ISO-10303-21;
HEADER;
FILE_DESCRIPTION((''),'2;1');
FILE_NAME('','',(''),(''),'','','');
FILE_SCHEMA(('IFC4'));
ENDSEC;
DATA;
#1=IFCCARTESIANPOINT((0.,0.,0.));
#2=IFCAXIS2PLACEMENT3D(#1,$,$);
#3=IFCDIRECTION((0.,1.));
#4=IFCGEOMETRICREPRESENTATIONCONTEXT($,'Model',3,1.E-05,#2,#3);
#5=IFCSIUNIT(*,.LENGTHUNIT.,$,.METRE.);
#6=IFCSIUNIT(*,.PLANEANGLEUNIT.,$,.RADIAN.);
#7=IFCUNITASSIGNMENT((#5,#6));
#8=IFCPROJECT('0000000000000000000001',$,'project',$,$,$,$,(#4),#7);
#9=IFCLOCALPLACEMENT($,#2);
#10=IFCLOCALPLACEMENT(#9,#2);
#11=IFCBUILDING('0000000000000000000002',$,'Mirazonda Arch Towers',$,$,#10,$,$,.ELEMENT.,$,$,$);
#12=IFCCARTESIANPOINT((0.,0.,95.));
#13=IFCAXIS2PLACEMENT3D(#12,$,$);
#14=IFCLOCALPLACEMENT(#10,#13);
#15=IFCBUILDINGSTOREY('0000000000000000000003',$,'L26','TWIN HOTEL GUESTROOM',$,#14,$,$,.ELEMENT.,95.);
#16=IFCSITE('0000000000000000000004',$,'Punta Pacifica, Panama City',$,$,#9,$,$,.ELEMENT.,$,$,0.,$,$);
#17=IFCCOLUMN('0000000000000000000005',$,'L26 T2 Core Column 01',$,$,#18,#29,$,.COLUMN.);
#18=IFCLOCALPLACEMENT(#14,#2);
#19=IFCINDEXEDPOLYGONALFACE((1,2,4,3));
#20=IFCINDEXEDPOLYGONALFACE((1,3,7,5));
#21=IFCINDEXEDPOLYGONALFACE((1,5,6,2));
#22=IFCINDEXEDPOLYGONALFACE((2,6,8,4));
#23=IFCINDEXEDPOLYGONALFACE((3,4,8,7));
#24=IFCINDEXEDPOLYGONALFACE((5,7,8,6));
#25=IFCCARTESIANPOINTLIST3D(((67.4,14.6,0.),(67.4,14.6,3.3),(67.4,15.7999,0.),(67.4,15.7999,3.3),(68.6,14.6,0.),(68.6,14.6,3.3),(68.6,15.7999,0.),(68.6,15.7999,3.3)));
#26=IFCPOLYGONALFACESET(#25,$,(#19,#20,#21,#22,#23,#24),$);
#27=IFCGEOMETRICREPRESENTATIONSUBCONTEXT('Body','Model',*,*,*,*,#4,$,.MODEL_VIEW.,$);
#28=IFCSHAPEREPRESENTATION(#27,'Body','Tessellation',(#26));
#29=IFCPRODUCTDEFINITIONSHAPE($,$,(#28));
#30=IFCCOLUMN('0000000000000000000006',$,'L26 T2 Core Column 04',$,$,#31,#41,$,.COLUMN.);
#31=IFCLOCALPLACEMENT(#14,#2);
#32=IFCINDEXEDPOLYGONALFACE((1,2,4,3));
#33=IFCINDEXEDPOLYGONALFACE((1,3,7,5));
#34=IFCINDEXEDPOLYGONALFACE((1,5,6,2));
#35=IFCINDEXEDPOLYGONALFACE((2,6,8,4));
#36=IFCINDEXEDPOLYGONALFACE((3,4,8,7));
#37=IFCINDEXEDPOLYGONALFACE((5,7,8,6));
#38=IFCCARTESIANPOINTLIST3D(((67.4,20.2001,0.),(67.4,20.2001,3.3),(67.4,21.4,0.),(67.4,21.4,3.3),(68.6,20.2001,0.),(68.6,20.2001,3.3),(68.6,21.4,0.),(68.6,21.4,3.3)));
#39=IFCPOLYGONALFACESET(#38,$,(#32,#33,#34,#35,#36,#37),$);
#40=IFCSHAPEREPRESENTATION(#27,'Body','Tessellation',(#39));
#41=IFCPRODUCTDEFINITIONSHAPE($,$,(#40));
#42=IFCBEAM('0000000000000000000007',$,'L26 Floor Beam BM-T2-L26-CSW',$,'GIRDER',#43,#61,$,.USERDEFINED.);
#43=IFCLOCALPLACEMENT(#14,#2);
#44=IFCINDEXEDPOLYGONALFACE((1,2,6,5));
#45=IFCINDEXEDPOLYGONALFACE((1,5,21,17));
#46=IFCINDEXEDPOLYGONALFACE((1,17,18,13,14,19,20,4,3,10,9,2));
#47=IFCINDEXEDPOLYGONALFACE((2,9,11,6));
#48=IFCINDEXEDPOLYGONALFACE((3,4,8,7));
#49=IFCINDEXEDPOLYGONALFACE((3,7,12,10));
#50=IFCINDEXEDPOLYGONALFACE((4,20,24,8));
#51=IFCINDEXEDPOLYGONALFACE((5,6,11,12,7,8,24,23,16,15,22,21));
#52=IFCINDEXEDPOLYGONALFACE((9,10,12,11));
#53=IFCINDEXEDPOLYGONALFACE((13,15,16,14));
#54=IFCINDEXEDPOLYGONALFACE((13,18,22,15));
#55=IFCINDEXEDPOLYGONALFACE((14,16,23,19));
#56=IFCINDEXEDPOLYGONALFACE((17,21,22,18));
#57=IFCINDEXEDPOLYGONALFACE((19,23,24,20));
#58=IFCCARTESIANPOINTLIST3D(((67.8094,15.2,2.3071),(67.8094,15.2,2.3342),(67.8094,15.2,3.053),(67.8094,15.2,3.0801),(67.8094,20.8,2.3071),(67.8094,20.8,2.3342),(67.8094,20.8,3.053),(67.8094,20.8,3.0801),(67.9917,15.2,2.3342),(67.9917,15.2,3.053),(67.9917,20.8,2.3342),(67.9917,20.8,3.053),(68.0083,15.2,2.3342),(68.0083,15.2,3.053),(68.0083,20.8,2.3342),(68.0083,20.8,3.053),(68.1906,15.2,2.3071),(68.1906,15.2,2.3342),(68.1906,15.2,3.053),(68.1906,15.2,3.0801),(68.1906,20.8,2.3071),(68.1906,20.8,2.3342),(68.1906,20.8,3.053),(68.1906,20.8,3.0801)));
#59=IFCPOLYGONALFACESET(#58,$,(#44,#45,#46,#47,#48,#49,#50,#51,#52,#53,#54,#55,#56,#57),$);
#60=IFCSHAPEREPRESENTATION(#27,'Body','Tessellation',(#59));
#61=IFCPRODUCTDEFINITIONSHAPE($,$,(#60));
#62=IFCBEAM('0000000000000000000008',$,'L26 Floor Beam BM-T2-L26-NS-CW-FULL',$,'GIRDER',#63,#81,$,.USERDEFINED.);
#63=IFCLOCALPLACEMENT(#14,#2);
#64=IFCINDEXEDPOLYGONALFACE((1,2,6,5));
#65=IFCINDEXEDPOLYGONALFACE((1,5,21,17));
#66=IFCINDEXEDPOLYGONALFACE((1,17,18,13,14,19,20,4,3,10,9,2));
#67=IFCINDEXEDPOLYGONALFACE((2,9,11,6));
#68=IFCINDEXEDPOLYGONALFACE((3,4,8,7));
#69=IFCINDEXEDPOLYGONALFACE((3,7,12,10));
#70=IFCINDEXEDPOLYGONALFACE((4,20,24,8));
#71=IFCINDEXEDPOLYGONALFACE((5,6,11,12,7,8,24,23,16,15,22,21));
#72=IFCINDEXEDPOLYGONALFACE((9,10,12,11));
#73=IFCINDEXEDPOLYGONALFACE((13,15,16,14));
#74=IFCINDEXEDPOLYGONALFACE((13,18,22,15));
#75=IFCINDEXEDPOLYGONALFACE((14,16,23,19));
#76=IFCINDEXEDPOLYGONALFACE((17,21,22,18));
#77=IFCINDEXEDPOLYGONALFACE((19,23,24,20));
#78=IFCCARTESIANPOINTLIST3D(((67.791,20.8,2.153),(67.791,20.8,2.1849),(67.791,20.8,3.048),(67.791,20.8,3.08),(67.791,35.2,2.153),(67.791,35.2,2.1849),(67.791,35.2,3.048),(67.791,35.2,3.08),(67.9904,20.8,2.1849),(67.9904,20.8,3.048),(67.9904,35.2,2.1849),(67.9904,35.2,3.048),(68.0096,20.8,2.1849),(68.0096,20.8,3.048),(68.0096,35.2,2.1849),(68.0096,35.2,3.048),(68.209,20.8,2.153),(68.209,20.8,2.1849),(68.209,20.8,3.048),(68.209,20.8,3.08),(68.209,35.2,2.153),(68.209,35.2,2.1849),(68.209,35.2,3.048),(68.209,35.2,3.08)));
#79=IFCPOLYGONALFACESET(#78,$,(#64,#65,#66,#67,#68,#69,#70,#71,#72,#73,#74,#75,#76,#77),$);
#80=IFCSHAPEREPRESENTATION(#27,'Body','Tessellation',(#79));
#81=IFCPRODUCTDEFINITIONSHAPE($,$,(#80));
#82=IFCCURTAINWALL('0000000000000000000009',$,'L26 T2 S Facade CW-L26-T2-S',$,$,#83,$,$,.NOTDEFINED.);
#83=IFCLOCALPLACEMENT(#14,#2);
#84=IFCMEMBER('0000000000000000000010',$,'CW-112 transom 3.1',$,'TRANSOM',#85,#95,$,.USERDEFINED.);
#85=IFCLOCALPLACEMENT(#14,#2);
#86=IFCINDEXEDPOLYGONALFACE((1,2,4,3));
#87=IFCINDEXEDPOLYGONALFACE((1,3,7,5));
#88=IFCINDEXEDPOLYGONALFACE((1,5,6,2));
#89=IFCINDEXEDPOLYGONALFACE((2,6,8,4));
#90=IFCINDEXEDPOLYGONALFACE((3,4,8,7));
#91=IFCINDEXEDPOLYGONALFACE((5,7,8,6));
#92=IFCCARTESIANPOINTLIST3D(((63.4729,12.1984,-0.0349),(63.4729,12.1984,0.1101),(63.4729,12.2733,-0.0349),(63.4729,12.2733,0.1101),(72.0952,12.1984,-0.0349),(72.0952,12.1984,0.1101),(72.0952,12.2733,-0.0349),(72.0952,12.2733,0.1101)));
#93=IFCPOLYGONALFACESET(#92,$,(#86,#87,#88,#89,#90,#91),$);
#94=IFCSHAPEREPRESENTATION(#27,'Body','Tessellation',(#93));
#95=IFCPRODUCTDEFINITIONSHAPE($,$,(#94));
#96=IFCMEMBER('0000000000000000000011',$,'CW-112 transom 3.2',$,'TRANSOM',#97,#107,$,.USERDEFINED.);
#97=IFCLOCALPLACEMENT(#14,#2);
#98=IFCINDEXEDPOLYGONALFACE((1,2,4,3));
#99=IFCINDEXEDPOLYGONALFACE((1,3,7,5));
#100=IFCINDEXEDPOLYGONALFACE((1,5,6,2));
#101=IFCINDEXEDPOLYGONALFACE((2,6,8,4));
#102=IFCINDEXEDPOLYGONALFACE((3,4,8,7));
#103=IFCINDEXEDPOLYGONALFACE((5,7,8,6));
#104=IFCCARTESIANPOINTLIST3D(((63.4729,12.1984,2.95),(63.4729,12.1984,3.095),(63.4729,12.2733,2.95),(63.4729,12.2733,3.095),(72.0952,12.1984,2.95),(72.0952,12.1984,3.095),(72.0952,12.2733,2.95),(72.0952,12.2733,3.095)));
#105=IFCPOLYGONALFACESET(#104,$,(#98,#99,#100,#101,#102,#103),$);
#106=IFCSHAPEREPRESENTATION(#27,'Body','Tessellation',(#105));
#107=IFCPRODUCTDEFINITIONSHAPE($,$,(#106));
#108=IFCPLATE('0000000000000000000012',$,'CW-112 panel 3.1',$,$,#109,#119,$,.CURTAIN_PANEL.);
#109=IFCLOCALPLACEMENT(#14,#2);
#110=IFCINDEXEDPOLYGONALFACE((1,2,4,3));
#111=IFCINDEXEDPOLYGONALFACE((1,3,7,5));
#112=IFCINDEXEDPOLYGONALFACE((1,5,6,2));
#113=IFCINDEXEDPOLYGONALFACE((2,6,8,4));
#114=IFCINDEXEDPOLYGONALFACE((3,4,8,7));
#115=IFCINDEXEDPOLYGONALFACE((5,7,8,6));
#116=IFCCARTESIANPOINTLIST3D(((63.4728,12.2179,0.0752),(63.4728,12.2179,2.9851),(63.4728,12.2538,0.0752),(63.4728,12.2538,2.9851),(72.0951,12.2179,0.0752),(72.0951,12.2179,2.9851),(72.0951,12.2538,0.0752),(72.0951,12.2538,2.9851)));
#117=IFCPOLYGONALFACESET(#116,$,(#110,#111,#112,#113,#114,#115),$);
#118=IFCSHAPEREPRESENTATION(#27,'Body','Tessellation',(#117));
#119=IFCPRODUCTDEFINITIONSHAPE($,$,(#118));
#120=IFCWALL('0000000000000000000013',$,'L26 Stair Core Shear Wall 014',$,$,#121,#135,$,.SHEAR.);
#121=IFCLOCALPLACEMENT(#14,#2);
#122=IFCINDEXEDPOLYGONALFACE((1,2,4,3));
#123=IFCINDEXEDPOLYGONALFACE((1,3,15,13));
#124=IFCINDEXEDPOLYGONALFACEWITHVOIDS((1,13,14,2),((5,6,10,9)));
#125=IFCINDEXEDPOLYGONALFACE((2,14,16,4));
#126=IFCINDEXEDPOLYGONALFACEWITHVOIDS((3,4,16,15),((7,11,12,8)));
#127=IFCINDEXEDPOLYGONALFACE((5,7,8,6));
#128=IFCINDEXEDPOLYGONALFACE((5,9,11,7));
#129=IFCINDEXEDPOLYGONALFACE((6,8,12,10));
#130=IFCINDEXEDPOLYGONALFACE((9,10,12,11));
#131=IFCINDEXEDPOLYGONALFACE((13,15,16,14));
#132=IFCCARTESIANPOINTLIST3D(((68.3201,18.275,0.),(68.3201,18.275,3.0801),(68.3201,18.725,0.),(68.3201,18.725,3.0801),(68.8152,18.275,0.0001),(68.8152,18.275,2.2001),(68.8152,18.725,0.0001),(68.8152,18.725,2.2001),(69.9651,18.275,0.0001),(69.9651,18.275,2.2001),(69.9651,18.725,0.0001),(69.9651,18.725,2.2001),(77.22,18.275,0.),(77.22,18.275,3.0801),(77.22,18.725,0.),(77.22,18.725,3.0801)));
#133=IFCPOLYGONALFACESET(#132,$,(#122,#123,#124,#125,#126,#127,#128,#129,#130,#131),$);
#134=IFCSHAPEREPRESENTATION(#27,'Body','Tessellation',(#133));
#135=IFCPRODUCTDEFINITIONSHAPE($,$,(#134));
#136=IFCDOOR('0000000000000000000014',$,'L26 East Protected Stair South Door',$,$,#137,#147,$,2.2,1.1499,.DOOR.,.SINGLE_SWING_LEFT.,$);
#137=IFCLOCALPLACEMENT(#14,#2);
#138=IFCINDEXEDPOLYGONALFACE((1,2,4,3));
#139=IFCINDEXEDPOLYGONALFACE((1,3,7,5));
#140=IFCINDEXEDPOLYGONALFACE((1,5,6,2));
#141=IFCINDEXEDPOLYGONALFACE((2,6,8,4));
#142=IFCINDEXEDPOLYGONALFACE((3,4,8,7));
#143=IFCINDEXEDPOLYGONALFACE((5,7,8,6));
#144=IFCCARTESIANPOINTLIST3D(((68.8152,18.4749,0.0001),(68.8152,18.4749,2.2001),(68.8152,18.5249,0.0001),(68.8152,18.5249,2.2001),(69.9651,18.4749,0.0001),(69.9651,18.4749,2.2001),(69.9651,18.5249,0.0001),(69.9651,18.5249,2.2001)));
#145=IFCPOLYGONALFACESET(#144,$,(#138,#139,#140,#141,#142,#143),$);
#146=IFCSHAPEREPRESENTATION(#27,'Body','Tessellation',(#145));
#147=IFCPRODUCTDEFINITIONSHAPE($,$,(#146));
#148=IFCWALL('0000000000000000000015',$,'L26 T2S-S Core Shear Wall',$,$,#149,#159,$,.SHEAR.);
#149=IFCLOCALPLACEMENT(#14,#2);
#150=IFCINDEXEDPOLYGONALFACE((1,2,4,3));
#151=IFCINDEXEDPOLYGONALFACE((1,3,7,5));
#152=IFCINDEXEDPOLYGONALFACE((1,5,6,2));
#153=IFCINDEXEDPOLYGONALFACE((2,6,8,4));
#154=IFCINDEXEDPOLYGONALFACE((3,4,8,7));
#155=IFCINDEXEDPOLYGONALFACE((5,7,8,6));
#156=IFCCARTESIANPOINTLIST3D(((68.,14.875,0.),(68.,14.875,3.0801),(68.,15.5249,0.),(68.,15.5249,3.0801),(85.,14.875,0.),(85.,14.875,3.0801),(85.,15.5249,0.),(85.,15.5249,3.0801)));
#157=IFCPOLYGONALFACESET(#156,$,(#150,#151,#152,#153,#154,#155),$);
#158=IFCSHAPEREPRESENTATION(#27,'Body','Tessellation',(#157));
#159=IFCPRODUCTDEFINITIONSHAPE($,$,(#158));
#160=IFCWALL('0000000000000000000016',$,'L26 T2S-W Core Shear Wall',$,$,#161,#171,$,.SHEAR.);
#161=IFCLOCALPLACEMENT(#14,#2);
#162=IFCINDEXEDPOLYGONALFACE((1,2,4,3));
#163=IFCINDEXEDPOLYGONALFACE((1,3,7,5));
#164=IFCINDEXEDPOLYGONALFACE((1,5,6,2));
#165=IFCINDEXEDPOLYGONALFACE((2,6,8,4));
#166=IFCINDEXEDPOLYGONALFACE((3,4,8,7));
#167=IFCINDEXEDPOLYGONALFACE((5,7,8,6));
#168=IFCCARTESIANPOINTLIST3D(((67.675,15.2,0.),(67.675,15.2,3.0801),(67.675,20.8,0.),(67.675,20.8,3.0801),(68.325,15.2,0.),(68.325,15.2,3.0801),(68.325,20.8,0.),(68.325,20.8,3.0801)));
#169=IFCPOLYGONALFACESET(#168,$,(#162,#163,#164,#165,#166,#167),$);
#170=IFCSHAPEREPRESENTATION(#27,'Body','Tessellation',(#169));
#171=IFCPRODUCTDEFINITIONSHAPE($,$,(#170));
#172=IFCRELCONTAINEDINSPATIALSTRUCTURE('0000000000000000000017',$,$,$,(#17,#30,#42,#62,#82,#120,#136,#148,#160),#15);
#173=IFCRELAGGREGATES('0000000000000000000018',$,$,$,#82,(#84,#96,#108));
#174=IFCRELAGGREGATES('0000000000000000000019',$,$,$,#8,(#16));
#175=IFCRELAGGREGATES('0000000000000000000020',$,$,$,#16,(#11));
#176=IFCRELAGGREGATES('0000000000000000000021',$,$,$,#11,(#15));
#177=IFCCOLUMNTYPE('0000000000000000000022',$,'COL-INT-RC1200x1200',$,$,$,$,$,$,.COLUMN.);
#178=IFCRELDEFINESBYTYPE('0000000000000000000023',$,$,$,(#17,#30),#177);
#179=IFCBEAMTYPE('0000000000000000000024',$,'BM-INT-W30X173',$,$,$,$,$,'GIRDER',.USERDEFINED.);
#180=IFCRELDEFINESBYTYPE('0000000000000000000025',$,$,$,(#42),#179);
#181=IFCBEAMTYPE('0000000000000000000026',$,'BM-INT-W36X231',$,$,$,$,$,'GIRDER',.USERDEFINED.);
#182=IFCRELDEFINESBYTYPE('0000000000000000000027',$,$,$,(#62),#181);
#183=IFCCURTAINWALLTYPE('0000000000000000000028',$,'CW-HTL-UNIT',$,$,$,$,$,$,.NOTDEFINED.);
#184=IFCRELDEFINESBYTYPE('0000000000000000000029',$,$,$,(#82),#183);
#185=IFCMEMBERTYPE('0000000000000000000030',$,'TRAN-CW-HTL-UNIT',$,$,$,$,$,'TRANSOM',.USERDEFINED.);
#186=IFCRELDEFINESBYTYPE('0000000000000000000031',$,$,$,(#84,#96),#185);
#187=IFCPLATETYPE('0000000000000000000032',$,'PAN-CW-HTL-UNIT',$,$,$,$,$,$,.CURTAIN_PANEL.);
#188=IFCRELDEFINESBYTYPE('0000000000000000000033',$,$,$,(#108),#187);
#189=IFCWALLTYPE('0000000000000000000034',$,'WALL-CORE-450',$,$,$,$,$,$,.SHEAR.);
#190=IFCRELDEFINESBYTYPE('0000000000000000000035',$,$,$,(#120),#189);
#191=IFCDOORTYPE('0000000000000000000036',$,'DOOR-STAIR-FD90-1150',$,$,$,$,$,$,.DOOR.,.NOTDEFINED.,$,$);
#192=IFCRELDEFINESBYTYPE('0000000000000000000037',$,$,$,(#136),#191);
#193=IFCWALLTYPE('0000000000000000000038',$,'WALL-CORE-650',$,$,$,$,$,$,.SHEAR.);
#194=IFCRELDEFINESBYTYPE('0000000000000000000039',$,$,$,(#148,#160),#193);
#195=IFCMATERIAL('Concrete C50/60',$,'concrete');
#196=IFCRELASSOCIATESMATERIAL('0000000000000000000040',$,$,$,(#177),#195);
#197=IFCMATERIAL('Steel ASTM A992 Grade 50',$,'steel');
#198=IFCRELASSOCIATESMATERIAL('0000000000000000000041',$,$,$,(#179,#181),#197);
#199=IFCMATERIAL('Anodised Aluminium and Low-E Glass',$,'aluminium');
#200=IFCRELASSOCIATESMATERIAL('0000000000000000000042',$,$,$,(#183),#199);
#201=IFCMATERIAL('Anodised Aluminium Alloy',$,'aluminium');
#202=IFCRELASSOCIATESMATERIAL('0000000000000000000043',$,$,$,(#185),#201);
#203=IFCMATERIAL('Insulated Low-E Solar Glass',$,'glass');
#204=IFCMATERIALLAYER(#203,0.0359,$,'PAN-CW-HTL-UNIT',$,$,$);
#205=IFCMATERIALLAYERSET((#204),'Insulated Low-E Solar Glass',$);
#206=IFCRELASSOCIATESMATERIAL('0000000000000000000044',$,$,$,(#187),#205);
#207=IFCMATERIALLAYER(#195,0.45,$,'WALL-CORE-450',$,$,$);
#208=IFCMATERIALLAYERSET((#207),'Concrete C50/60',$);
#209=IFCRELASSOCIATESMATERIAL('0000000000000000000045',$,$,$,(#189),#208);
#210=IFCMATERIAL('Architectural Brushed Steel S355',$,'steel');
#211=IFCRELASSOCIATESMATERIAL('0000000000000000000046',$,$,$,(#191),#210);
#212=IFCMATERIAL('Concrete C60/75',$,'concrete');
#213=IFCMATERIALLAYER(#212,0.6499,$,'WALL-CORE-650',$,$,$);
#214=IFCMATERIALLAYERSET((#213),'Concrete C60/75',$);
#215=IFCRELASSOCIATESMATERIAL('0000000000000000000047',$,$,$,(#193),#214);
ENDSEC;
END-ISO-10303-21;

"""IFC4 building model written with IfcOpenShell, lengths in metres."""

from ifc_helpers import new_model, si_unit, direction, frame, frame_2d, origin, origin_2d, place, context, subcontext, project, spatial, rectangle, i_section, extrude, material, layer, layer_set, material_profile, profile_set, type_object, element, fill, aggregate, save


model = new_model("IFC4")

# Units and contexts
model_context = context("Model", 3, precision=1e-05, world=origin(), true_north=direction((0.0, 1.0)))
body_context = subcontext(model_context, "Body", "Model", "MODEL_VIEW")
ifc_project = project(units=[si_unit("LENGTHUNIT", "METRE"), si_unit("PLANEANGLEUNIT", "RADIAN")], contexts=[model_context])

# Site, building, storey
site_placement = place(None, origin())
site = spatial("IfcSite", under=ifc_project, at=site_placement, Name="Punta Pacifica, Panama City", CompositionType="ELEMENT", RefElevation=0.0)
building_placement = place(site_placement, origin())
building = spatial("IfcBuilding", under=site, at=building_placement, Name="Mirazonda Arch Towers", CompositionType="ELEMENT")
storey_placement = place(building_placement, frame((0.0, 0.0, 95.0)))
storey = spatial("IfcBuildingStorey", under=building, at=storey_placement, Name="L26", Description="TWIN HOTEL GUESTROOM", CompositionType="ELEMENT", Elevation=95.0)

# Columns
ifc_material_1 = material(Name="Concrete C50/60", Category="concrete")
ifc_material_profile_1 = material_profile(ifc_material_1, rectangle(XDim=1.2, YDim=1.2, at=origin_2d()), Name="RC1200x1200")
ifc_profile_set_1 = profile_set([ifc_material_profile_1], Name="Concrete C50/60")
column_type = type_object("IfcColumnType", Name="COL-INT-RC1200x1200", PredefinedType="COLUMN", material=ifc_profile_set_1)
for number, where, z_axis, x_axis, name in (
    (1, (68.0, 15.2, 0.0), (0.0, 0.0, 1.0), (1.0, 0.0, 0.0), "L26 T2 Core Column 01"),
    (2, (68.0, 20.8, 0.0), (0.0, 0.0, 1.0), (1.0, 0.0, 0.0), "L26 T2 Core Column 04"),
):
    element("IfcColumn", number, at=place(storey_placement, frame(where, z_axis=z_axis, x_axis=x_axis)), inside=storey, type_object=column_type, Name=name, PredefinedType="COLUMN", context=body_context, shape_type="SweptSolid", body=[
        extrude(rectangle(XDim=1.2, YDim=1.2, at=origin_2d()), origin(), (0.0, 0.0, 1.0), 3.3),
    ])

# Beams
ifc_material_2 = material(Name="Steel ASTM A992 Grade 50", Category="steel")
ifc_material_profile_2 = material_profile(ifc_material_2, i_section(OverallWidth=0.3811, OverallDepth=0.7729, WebThickness=0.0166, FlangeThickness=0.0271, at=origin_2d()), Name="W30X173")
ifc_profile_set_2 = profile_set([ifc_material_profile_2], Name="Steel ASTM A992 Grade 50")
beam_type_1 = type_object("IfcBeamType", Name="BM-INT-W30X173", ElementType="GIRDER", PredefinedType="USERDEFINED", material=ifc_profile_set_2)
beam_1_placement = place(storey_placement, frame((68.0, 15.2, 2.6936), z_axis=(0.0, 1.0, 0.0), x_axis=(-1.0, 0.0, 0.0)))
element("IfcBeam", 3, at=beam_1_placement, inside=storey, type_object=beam_type_1, Name="L26 Floor Beam BM-T2-L26-CSW", ObjectType="GIRDER", PredefinedType="USERDEFINED", context=body_context, shape_type="SweptSolid", body=[
    extrude(i_section(OverallWidth=0.3811, OverallDepth=0.7729, WebThickness=0.0166, FlangeThickness=0.0271, at=origin_2d()), origin(), (0.0, 0.0, 1.0), 5.6001),
])
ifc_material_profile_3 = material_profile(ifc_material_2, i_section(OverallWidth=0.418, OverallDepth=0.927, WebThickness=0.0193, FlangeThickness=0.032, at=origin_2d()), Name="W36X231")
ifc_profile_set_3 = profile_set([ifc_material_profile_3], Name="Steel ASTM A992 Grade 50")
beam_type_2 = type_object("IfcBeamType", Name="BM-INT-W36X231", ElementType="GIRDER", PredefinedType="USERDEFINED", material=ifc_profile_set_3)
beam_2_placement = place(storey_placement, frame((68.0, 20.8, 2.6165), z_axis=(0.0, 1.0, 0.0), x_axis=(-1.0, 0.0, 0.0)))
element("IfcBeam", 4, at=beam_2_placement, inside=storey, type_object=beam_type_2, Name="L26 Floor Beam BM-T2-L26-NS-CW-FULL", ObjectType="GIRDER", PredefinedType="USERDEFINED", context=body_context, shape_type="SweptSolid", body=[
    extrude(i_section(OverallWidth=0.418, OverallDepth=0.927, WebThickness=0.0193, FlangeThickness=0.032, at=origin_2d()), origin(), (0.0, 0.0, 1.0), 14.3999),
])

# Curtain wall, members, plate
ifc_material_3 = material(Name="Anodised Aluminium and Low-E Glass", Category="aluminium")
curtain_wall_type = type_object("IfcCurtainWallType", Name="CW-HTL-UNIT", PredefinedType="NOTDEFINED", material=ifc_material_3)
curtain_wall_placement = place(storey_placement, origin())
curtain_wall = element("IfcCurtainWall", 5, at=curtain_wall_placement, inside=storey, type_object=curtain_wall_type, Name="L26 T2 S Facade CW-L26-T2-S", PredefinedType="NOTDEFINED")
ifc_material_4 = material(Name="Anodised Aluminium Alloy", Category="aluminium")
ifc_material_profile_4 = material_profile(ifc_material_4, rectangle(XDim=0.075, YDim=0.145, at=origin_2d()), Name="ALU-TRAN-75x145")
ifc_profile_set_4 = profile_set([ifc_material_profile_4], Name="Anodised Aluminium Alloy")
member_type = type_object("IfcMemberType", Name="TRAN-CW-HTL-UNIT", ElementType="TRANSOM", PredefinedType="USERDEFINED", material=ifc_profile_set_4)
member_1_placement = place(storey_placement, frame((72.0952, 12.2358, 0.0376), z_axis=(-1.0, 0.0, 0.0), x_axis=(0.0, -1.0, 0.0)))
member_1 = element("IfcMember", 6, at=member_1_placement, type_object=member_type, Name="CW-112 transom 3.1", ObjectType="TRANSOM", PredefinedType="USERDEFINED", context=body_context, shape_type="SweptSolid", body=[
    extrude(rectangle(XDim=0.075, YDim=0.145, at=origin_2d()), origin(), (0.0, 0.0, 1.0), 8.6223),
])
member_2_placement = place(storey_placement, frame((72.0952, 12.2358, 3.0225), z_axis=(-1.0, 0.0, 0.0), x_axis=(0.0, -1.0, 0.0)))
member_2 = element("IfcMember", 7, at=member_2_placement, type_object=member_type, Name="CW-112 transom 3.2", ObjectType="TRANSOM", PredefinedType="USERDEFINED", context=body_context, shape_type="SweptSolid", body=[
    extrude(rectangle(XDim=0.075, YDim=0.145, at=origin_2d()), origin(), (0.0, 0.0, 1.0), 8.6223),
])
ifc_material_5 = material(Name="Insulated Low-E Solar Glass", Category="glass")
ifc_layer_1 = layer(ifc_material_5, 0.0359, Name="PAN-CW-HTL-UNIT")
ifc_layer_set_1 = layer_set([ifc_layer_1], Name="Insulated Low-E Solar Glass")
plate_type = type_object("IfcPlateType", Name="PAN-CW-HTL-UNIT", PredefinedType="CURTAIN_PANEL", material=ifc_layer_set_1)
plate_placement = place(storey_placement, frame((67.7839, 12.2358, 0.0752), z_axis=(0.0, 0.0, 1.0), x_axis=(-1.0, 0.0, 0.0)))
plate = element("IfcPlate", 8, at=plate_placement, type_object=plate_type, Name="CW-112 panel 3.1", PredefinedType="CURTAIN_PANEL", context=body_context, shape_type="SweptSolid", body=[
    extrude(rectangle(XDim=8.6223, YDim=0.0359, at=origin_2d()), origin(), (0.0, 0.0, 1.0), 2.9099),
])
aggregate(curtain_wall, [member_1, member_2, plate])

# Wall, opening, door
ifc_layer_2 = layer(ifc_material_1, 0.45, Name="WALL-CORE-450")
ifc_layer_set_2 = layer_set([ifc_layer_2], Name="Concrete C50/60")
wall_type_1 = type_object("IfcWallType", Name="WALL-CORE-450", PredefinedType="SHEAR", material=ifc_layer_set_2)
wall_1_placement = place(storey_placement, frame((68.3201, 18.5, 0.0), z_axis=(0.0, 0.0, 1.0), x_axis=(1.0, 0.0, 0.0)))
wall_1 = element("IfcWall", 9, at=wall_1_placement, inside=storey, type_object=wall_type_1, Name="L26 Stair Core Shear Wall 014", PredefinedType="SHEAR", context=body_context, shape_type="SweptSolid", body=[
    extrude(rectangle(XDim=8.8999, YDim=0.45, at=frame_2d((4.45, 0.0))), origin(), (0.0, 0.0, 1.0), 3.0801),
])
opening_1_placement = place(wall_1_placement, frame((0.4951, 0.0, 0.0)))
opening_1 = element("IfcOpeningElement", 10, at=opening_1_placement, cuts=wall_1, PredefinedType="OPENING", context=body_context, shape_type="SweptSolid", body=[
    extrude(rectangle(XDim=1.1499, YDim=2.2, at=frame_2d((0.575, 1.1001))), frame((0.0, 0.2349, 0.0), z_axis=(0.0, -1.0, 0.0), x_axis=(1.0, 0.0, 0.0)), (0.0, 0.0, 1.0), 0.47),
])
ifc_material_6 = material(Name="Architectural Brushed Steel S355", Category="steel")
door_type_1 = type_object("IfcDoorType", Name="DOOR-STAIR-FD90-1150", OperationType="NOTDEFINED", PredefinedType="DOOR", material=ifc_material_6)
door_1_placement = place(opening_1_placement, origin())
door_1 = element("IfcDoor", 11, at=door_1_placement, inside=storey, type_object=door_type_1, Name="L26 East Protected Stair South Door", OperationType="SINGLE_SWING_LEFT", OverallHeight=2.2, OverallWidth=1.1499, PredefinedType="DOOR", context=body_context, shape_type="SweptSolid", body=[
    extrude(rectangle(XDim=1.1499, YDim=2.2, at=frame_2d((0.575, 1.1001))), frame((0.0, 0.0249, 0.0), z_axis=(0.0, -1.0, 0.0), x_axis=(1.0, 0.0, 0.0)), (0.0, 0.0, 1.0), 0.05),
])
fill(opening_1, door_1)

# Walls
ifc_material_7 = material(Name="Concrete C60/75", Category="concrete")
ifc_layer_3 = layer(ifc_material_7, 0.6499, Name="WALL-CORE-650")
ifc_layer_set_3 = layer_set([ifc_layer_3], Name="Concrete C60/75")
wall_type_2 = type_object("IfcWallType", Name="WALL-CORE-650", PredefinedType="SHEAR", material=ifc_layer_set_3)
wall_2_placement = place(storey_placement, frame((68.0, 15.2, 0.0), z_axis=(0.0, 0.0, 1.0), x_axis=(1.0, 0.0, 0.0)))
element("IfcWall", 12, at=wall_2_placement, inside=storey, type_object=wall_type_2, Name="L26 T2S-S Core Shear Wall", PredefinedType="SHEAR", context=body_context, shape_type="SweptSolid", body=[
    extrude(rectangle(XDim=17.0, YDim=0.6499, at=frame_2d((8.5, 0.0))), origin(), (0.0, 0.0, 1.0), 3.0801),
])
wall_3_placement = place(storey_placement, frame((68.0, 15.2, 0.0), z_axis=(0.0, 0.0, 1.0), x_axis=(0.0, 1.0, 0.0)))
element("IfcWall", 13, at=wall_3_placement, inside=storey, type_object=wall_type_2, Name="L26 T2S-W Core Shear Wall", PredefinedType="SHEAR", context=body_context, shape_type="SweptSolid", body=[
    extrude(rectangle(XDim=5.6001, YDim=0.6499, at=frame_2d((2.8, 0.0))), origin(), (0.0, 0.0, 1.0), 3.0801),
])

save(model, "model.ifc")
